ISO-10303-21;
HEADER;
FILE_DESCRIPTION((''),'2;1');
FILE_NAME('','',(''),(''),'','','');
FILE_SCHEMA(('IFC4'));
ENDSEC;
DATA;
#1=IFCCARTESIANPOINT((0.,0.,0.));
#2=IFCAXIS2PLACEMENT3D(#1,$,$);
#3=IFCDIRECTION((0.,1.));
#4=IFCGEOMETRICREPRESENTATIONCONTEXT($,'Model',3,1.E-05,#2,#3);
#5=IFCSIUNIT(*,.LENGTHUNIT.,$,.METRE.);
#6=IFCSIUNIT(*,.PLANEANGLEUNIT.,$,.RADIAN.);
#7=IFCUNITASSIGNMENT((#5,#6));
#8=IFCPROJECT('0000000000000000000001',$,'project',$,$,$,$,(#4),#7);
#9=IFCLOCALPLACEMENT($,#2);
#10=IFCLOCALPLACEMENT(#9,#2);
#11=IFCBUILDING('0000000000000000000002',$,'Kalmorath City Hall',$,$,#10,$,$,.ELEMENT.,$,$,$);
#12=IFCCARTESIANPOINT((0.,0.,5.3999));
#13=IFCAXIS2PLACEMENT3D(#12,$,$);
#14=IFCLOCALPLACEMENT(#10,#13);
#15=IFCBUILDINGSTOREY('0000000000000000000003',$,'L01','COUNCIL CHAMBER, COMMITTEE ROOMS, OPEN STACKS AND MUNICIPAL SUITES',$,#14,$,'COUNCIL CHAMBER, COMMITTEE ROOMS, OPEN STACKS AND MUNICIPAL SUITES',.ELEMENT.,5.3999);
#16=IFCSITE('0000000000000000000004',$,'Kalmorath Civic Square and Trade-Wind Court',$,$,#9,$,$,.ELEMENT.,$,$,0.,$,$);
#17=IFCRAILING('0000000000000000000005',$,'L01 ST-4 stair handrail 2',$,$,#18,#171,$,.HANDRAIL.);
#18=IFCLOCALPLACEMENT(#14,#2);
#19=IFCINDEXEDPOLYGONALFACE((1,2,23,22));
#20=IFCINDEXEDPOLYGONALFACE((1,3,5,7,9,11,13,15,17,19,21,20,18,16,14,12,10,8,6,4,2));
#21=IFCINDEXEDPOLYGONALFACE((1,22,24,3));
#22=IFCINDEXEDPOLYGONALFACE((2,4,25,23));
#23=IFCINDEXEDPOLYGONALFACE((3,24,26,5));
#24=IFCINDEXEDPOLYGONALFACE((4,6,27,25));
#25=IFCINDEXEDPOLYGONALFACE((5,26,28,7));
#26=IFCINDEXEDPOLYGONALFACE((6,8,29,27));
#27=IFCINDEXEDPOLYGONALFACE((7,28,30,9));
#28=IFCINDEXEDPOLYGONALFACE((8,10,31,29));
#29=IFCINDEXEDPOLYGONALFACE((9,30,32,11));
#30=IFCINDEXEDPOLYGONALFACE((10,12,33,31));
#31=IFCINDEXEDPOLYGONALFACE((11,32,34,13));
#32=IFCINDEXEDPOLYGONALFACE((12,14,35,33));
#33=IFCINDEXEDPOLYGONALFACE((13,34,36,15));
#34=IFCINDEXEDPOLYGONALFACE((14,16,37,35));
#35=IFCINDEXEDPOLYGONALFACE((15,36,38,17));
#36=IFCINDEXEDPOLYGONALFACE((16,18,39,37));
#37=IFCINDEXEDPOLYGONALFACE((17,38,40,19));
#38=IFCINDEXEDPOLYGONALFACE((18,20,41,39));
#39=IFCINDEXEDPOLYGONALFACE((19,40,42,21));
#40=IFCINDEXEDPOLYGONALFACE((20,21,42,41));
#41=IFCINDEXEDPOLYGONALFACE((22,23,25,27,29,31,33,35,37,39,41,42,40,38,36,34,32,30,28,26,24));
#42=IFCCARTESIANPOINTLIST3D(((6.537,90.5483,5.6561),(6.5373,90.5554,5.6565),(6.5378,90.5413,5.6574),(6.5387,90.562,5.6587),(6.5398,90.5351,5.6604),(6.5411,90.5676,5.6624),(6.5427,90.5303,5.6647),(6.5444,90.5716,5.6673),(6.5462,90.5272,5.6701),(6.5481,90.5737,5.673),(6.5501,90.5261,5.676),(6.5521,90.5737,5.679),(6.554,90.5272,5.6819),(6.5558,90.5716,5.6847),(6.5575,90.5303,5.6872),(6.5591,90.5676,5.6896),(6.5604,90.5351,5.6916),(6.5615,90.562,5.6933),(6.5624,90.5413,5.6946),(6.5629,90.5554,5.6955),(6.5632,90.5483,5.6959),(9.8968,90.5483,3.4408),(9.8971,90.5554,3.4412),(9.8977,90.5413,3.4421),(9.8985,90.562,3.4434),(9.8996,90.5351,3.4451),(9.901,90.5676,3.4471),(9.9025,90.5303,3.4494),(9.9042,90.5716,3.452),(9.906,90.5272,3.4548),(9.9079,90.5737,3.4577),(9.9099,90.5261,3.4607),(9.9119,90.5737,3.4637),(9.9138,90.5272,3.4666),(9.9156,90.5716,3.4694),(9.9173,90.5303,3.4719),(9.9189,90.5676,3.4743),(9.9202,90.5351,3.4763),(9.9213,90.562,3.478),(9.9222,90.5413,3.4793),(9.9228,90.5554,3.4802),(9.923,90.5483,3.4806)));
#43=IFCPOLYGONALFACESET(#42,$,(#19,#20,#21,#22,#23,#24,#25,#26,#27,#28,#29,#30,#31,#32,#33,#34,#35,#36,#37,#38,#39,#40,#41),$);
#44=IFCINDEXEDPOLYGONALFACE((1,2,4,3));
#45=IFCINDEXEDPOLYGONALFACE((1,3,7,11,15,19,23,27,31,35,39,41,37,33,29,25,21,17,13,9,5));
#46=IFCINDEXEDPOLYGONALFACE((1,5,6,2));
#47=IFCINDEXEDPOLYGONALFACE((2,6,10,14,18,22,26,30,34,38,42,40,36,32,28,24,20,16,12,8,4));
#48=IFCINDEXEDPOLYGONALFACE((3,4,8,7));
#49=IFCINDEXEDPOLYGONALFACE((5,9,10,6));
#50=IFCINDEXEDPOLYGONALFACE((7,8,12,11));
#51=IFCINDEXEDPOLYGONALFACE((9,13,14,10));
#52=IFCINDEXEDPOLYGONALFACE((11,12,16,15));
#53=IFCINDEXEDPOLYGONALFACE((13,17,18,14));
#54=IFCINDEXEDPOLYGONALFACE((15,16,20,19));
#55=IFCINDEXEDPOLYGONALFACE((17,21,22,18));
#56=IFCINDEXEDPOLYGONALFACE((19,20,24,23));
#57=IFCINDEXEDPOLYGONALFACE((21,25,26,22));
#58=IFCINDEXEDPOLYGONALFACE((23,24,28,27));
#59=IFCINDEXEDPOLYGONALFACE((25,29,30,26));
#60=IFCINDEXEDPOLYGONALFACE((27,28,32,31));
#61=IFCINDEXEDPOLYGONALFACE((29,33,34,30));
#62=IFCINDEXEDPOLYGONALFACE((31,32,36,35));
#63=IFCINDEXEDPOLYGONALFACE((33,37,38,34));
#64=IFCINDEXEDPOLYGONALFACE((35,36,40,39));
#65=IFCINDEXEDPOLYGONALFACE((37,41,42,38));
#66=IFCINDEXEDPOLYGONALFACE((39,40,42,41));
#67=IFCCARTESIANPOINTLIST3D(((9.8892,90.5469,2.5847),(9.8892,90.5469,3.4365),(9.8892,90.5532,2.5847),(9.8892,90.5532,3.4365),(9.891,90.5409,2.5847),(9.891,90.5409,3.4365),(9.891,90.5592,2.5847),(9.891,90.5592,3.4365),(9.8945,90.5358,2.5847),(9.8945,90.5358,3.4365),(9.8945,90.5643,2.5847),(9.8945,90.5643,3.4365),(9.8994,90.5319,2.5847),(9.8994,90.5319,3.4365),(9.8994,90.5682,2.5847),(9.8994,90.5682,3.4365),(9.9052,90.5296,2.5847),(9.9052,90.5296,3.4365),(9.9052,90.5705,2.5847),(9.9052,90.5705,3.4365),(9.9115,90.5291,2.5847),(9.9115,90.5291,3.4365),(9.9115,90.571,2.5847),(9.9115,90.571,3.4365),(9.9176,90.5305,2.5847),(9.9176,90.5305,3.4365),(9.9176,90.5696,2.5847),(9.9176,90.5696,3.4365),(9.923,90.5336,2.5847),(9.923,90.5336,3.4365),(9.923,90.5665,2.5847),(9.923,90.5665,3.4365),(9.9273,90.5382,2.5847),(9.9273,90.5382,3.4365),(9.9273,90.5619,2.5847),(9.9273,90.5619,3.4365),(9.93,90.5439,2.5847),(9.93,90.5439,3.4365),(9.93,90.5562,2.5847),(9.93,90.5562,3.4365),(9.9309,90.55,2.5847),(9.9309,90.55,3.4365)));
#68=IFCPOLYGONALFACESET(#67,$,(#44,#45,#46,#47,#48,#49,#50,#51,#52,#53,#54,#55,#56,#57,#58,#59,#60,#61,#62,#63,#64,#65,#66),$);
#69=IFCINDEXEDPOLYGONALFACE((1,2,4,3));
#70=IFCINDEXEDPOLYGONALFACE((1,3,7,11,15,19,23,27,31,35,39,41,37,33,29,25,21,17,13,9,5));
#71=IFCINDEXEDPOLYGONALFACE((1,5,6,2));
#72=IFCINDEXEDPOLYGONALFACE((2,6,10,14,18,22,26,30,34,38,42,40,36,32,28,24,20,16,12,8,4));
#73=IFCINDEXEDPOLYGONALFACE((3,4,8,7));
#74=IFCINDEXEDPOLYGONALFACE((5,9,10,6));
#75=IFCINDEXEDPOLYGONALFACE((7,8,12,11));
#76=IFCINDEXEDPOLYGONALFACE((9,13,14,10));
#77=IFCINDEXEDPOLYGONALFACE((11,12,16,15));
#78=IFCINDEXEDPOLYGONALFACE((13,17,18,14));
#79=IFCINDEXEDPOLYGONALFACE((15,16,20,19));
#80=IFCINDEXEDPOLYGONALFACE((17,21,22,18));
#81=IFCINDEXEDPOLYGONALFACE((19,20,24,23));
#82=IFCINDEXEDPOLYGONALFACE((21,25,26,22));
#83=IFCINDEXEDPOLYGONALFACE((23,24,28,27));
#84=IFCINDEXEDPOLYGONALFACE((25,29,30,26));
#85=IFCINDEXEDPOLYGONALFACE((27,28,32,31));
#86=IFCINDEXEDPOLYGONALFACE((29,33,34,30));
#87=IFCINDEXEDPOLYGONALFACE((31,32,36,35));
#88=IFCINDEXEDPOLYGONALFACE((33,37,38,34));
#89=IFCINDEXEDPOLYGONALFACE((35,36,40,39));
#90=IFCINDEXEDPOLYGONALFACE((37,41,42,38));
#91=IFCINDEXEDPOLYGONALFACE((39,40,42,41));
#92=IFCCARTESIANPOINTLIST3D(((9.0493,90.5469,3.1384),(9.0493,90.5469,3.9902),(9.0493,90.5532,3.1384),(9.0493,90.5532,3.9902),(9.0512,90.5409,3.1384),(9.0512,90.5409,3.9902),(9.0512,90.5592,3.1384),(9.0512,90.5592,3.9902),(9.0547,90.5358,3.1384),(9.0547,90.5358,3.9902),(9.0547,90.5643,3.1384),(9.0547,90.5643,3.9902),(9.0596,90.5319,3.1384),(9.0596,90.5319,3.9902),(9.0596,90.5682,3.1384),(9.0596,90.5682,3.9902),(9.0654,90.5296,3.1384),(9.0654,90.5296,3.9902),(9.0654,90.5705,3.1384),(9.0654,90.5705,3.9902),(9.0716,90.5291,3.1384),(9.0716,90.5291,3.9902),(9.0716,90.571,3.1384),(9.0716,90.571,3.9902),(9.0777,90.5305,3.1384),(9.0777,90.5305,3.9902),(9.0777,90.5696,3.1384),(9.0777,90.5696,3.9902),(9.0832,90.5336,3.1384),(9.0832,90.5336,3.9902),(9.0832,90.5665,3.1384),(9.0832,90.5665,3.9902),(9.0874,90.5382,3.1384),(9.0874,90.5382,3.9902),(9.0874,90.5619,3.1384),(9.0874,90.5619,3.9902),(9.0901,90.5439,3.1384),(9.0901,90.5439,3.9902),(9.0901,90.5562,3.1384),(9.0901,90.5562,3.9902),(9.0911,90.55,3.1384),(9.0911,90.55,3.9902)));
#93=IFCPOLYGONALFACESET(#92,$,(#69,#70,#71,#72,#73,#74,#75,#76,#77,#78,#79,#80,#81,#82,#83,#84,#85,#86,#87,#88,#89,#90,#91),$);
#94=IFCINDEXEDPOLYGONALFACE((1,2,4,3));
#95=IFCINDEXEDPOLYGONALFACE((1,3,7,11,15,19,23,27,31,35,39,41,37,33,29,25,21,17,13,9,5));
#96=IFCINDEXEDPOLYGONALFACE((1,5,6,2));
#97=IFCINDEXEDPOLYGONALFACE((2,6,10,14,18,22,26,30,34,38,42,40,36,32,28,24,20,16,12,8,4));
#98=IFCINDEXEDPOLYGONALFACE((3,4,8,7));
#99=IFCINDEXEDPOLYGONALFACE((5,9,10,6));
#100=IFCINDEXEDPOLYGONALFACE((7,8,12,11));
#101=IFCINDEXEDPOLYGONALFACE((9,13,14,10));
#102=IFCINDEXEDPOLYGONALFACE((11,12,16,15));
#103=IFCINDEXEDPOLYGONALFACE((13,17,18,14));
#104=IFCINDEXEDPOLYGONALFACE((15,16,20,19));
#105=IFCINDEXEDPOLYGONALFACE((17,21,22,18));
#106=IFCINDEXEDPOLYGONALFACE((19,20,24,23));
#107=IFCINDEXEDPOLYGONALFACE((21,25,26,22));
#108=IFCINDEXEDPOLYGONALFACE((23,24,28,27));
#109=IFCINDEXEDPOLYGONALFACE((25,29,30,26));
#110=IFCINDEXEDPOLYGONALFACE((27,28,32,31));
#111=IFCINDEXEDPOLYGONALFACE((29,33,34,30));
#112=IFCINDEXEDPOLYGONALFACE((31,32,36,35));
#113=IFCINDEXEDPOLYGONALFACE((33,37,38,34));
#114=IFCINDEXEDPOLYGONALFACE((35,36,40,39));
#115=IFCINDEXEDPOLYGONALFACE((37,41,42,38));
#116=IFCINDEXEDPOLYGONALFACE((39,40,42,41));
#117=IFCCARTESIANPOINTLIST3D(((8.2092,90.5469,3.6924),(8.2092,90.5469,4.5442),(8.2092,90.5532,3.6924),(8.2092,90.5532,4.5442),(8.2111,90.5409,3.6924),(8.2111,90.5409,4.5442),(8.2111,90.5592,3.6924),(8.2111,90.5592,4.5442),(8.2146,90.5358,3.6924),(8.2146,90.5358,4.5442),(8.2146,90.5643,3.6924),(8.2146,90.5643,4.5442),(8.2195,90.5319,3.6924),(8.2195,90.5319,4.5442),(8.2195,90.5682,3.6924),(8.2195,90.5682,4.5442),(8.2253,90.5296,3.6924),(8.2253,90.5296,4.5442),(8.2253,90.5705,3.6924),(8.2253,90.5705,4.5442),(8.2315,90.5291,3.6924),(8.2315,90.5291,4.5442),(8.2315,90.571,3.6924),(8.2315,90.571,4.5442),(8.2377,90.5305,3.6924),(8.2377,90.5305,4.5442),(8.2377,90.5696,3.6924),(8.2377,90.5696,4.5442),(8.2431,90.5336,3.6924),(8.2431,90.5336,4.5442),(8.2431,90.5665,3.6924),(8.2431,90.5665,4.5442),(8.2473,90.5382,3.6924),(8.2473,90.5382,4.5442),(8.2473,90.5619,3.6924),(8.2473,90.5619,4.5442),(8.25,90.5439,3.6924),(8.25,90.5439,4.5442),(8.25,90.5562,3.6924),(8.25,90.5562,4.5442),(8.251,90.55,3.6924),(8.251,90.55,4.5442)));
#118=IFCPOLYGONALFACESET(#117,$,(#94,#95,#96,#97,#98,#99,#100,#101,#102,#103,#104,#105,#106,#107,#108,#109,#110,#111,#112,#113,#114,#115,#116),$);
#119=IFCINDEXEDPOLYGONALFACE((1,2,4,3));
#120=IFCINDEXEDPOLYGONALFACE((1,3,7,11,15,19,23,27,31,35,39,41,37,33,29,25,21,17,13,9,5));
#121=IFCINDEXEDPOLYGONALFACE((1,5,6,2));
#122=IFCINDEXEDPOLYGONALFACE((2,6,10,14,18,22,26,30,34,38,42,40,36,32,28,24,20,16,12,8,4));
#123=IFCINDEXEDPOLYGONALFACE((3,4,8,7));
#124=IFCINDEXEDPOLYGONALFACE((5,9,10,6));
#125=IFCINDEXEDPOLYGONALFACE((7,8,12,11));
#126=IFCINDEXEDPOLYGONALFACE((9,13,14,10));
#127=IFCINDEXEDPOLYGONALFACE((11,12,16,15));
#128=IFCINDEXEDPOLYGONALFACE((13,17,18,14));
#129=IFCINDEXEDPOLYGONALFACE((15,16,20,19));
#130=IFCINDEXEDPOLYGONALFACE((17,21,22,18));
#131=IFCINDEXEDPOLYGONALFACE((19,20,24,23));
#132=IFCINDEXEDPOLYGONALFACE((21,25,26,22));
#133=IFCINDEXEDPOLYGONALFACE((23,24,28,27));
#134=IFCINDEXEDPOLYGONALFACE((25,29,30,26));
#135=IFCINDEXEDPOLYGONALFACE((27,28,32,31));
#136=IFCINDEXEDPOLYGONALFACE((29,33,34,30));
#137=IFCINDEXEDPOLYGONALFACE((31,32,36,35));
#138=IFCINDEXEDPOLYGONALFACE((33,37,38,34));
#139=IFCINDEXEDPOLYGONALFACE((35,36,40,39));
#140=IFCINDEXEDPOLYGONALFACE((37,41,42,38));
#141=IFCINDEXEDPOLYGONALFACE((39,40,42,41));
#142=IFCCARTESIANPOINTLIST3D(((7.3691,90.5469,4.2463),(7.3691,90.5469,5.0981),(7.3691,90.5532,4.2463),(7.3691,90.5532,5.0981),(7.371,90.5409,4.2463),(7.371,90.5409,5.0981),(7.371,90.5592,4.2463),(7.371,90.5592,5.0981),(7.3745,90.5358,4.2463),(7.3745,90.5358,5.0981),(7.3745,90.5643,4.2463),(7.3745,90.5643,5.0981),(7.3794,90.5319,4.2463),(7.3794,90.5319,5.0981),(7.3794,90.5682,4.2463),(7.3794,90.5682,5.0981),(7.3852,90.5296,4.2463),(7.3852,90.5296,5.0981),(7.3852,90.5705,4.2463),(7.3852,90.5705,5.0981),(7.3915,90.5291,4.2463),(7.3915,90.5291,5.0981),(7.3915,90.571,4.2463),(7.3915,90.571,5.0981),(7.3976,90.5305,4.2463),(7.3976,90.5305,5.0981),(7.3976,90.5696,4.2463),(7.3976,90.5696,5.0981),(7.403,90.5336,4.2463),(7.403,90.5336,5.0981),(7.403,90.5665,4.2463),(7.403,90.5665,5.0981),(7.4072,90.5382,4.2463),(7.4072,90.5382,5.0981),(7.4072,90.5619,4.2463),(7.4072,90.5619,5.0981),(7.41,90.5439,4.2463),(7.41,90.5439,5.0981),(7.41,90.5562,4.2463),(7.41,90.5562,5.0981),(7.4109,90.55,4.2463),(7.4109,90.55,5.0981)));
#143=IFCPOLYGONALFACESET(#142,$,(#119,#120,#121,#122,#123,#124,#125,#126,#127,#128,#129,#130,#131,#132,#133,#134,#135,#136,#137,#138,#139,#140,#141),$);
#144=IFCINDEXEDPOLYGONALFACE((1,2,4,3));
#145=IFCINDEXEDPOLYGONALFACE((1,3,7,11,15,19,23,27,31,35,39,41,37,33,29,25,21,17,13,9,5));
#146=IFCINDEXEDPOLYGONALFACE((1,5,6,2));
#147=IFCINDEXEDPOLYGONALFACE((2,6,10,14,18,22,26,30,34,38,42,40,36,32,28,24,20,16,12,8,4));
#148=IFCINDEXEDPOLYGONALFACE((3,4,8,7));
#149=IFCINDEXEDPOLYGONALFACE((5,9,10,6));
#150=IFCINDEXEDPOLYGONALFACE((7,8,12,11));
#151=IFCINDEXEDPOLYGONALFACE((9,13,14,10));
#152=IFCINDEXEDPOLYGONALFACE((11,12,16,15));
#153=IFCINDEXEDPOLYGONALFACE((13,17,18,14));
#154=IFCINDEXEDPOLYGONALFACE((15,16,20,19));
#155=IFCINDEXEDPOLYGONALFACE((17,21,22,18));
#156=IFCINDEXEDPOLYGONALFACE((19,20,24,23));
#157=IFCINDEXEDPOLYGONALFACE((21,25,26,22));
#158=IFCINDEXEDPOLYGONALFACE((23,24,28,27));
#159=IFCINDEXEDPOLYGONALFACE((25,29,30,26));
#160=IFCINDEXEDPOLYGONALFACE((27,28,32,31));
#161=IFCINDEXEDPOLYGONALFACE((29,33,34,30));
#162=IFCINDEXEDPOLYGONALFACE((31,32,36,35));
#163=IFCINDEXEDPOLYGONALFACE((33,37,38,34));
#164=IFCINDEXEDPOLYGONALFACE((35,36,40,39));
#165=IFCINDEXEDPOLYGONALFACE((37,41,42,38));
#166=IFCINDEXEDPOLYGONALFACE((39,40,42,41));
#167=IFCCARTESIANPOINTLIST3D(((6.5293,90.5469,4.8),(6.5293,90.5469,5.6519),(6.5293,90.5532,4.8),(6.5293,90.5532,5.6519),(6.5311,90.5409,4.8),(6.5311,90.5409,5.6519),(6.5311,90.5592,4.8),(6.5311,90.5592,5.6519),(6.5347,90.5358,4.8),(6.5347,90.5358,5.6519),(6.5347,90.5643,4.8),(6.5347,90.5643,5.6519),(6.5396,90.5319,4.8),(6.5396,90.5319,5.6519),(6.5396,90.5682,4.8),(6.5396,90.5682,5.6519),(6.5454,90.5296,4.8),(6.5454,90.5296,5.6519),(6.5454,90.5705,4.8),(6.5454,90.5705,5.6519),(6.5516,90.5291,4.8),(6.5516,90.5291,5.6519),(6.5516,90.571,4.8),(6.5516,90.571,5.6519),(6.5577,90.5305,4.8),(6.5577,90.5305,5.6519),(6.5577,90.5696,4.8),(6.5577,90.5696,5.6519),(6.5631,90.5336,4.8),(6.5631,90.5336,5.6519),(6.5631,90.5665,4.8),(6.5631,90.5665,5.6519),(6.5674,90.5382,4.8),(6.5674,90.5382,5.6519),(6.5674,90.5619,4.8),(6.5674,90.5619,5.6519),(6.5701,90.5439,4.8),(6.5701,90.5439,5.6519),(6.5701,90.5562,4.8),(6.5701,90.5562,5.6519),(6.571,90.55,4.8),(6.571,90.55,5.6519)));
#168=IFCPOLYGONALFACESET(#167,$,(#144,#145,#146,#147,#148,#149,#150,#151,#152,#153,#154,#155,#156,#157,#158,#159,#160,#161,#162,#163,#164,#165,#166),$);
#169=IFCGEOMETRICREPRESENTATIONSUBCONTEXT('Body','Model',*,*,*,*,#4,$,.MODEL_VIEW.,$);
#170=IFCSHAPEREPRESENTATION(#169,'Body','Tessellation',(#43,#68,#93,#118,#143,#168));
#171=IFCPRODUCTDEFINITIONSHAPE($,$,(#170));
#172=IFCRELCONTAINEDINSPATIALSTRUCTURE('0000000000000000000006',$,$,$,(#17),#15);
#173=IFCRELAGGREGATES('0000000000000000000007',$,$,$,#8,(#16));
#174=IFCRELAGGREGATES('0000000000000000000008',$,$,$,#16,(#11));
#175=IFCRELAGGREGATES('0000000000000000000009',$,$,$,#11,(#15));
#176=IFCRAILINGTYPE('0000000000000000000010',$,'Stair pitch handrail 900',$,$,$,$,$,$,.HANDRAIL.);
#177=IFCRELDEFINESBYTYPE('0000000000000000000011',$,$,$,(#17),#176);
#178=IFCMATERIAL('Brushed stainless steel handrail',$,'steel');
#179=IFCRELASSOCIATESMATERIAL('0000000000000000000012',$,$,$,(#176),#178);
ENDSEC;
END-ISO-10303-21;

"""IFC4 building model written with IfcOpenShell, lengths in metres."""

from ifc_helpers import new_model, si_unit, direction, frame, origin, origin_2d, place, context, subcontext, project, spatial, circle, extrude, material, type_object, element, save


model = new_model("IFC4")

# Units and contexts
model_context = context("Model", 3, precision=1e-05, world=origin(), true_north=direction((0.0, 1.0)))
body_context = subcontext(model_context, "Body", "Model", "MODEL_VIEW")
ifc_project = project(units=[si_unit("LENGTHUNIT", "METRE"), si_unit("PLANEANGLEUNIT", "RADIAN")], contexts=[model_context])

# Site, building, storey
site_placement = place(None, origin())
site = spatial("IfcSite", under=ifc_project, at=site_placement, Name="Kalmorath Civic Square and Trade-Wind Court", CompositionType="ELEMENT", RefElevation=0.0)
building_placement = place(site_placement, origin())
building = spatial("IfcBuilding", under=site, at=building_placement, Name="Kalmorath City Hall", CompositionType="ELEMENT")
storey_placement = place(building_placement, frame((0.0, 0.0, 5.3999)))
storey = spatial("IfcBuildingStorey", under=building, at=storey_placement, Name="L01", Description="COUNCIL CHAMBER, COMMITTEE ROOMS, OPEN STACKS AND MUNICIPAL SUITES", LongName="COUNCIL CHAMBER, COMMITTEE ROOMS, OPEN STACKS AND MUNICIPAL SUITES", CompositionType="ELEMENT", Elevation=5.3999)

# Railing
ifc_material_1 = material(Name="Brushed stainless steel handrail", Category="steel")
railing_type_1 = type_object("IfcRailingType", Name="Stair pitch handrail 900", PredefinedType="HANDRAIL", material=ifc_material_1)
railing_1_placement = place(storey_placement, frame((9.9099, 90.55, 2.5847)))
element("IfcRailing", 1, at=railing_1_placement, inside=storey, type_object=railing_type_1, Name="L01 ST-4 stair handrail 2", PredefinedType="HANDRAIL", context=body_context, shape_type="SweptSolid", body=[
    extrude(circle(Radius=0.0239, at=origin_2d()), frame((0.0, 0.0, 0.876), z_axis=(-0.834858, 0.0, 0.550465), x_axis=(0.0, -1.0, 0.0)), (0.0, 0.0, 1.0), 4.0244),
    extrude(circle(Radius=0.021, at=origin_2d()), origin(), (0.0, 0.0, 1.0), 0.8518),
    extrude(circle(Radius=0.021, at=origin_2d()), frame((-0.8398, 0.0, 0.5537)), (0.0, 0.0, 1.0), 0.8518),
    extrude(circle(Radius=0.021, at=origin_2d()), frame((-1.6799, 0.0, 1.1077)), (0.0, 0.0, 1.0), 0.8518),
    extrude(circle(Radius=0.021, at=origin_2d()), frame((-2.52, 0.0, 1.6616)), (0.0, 0.0, 1.0), 0.8518),
    extrude(circle(Radius=0.021, at=origin_2d()), frame((-3.3599, 0.0, 2.2153)), (0.0, 0.0, 1.0), 0.8518),
])

save(model, "model.ifc")
